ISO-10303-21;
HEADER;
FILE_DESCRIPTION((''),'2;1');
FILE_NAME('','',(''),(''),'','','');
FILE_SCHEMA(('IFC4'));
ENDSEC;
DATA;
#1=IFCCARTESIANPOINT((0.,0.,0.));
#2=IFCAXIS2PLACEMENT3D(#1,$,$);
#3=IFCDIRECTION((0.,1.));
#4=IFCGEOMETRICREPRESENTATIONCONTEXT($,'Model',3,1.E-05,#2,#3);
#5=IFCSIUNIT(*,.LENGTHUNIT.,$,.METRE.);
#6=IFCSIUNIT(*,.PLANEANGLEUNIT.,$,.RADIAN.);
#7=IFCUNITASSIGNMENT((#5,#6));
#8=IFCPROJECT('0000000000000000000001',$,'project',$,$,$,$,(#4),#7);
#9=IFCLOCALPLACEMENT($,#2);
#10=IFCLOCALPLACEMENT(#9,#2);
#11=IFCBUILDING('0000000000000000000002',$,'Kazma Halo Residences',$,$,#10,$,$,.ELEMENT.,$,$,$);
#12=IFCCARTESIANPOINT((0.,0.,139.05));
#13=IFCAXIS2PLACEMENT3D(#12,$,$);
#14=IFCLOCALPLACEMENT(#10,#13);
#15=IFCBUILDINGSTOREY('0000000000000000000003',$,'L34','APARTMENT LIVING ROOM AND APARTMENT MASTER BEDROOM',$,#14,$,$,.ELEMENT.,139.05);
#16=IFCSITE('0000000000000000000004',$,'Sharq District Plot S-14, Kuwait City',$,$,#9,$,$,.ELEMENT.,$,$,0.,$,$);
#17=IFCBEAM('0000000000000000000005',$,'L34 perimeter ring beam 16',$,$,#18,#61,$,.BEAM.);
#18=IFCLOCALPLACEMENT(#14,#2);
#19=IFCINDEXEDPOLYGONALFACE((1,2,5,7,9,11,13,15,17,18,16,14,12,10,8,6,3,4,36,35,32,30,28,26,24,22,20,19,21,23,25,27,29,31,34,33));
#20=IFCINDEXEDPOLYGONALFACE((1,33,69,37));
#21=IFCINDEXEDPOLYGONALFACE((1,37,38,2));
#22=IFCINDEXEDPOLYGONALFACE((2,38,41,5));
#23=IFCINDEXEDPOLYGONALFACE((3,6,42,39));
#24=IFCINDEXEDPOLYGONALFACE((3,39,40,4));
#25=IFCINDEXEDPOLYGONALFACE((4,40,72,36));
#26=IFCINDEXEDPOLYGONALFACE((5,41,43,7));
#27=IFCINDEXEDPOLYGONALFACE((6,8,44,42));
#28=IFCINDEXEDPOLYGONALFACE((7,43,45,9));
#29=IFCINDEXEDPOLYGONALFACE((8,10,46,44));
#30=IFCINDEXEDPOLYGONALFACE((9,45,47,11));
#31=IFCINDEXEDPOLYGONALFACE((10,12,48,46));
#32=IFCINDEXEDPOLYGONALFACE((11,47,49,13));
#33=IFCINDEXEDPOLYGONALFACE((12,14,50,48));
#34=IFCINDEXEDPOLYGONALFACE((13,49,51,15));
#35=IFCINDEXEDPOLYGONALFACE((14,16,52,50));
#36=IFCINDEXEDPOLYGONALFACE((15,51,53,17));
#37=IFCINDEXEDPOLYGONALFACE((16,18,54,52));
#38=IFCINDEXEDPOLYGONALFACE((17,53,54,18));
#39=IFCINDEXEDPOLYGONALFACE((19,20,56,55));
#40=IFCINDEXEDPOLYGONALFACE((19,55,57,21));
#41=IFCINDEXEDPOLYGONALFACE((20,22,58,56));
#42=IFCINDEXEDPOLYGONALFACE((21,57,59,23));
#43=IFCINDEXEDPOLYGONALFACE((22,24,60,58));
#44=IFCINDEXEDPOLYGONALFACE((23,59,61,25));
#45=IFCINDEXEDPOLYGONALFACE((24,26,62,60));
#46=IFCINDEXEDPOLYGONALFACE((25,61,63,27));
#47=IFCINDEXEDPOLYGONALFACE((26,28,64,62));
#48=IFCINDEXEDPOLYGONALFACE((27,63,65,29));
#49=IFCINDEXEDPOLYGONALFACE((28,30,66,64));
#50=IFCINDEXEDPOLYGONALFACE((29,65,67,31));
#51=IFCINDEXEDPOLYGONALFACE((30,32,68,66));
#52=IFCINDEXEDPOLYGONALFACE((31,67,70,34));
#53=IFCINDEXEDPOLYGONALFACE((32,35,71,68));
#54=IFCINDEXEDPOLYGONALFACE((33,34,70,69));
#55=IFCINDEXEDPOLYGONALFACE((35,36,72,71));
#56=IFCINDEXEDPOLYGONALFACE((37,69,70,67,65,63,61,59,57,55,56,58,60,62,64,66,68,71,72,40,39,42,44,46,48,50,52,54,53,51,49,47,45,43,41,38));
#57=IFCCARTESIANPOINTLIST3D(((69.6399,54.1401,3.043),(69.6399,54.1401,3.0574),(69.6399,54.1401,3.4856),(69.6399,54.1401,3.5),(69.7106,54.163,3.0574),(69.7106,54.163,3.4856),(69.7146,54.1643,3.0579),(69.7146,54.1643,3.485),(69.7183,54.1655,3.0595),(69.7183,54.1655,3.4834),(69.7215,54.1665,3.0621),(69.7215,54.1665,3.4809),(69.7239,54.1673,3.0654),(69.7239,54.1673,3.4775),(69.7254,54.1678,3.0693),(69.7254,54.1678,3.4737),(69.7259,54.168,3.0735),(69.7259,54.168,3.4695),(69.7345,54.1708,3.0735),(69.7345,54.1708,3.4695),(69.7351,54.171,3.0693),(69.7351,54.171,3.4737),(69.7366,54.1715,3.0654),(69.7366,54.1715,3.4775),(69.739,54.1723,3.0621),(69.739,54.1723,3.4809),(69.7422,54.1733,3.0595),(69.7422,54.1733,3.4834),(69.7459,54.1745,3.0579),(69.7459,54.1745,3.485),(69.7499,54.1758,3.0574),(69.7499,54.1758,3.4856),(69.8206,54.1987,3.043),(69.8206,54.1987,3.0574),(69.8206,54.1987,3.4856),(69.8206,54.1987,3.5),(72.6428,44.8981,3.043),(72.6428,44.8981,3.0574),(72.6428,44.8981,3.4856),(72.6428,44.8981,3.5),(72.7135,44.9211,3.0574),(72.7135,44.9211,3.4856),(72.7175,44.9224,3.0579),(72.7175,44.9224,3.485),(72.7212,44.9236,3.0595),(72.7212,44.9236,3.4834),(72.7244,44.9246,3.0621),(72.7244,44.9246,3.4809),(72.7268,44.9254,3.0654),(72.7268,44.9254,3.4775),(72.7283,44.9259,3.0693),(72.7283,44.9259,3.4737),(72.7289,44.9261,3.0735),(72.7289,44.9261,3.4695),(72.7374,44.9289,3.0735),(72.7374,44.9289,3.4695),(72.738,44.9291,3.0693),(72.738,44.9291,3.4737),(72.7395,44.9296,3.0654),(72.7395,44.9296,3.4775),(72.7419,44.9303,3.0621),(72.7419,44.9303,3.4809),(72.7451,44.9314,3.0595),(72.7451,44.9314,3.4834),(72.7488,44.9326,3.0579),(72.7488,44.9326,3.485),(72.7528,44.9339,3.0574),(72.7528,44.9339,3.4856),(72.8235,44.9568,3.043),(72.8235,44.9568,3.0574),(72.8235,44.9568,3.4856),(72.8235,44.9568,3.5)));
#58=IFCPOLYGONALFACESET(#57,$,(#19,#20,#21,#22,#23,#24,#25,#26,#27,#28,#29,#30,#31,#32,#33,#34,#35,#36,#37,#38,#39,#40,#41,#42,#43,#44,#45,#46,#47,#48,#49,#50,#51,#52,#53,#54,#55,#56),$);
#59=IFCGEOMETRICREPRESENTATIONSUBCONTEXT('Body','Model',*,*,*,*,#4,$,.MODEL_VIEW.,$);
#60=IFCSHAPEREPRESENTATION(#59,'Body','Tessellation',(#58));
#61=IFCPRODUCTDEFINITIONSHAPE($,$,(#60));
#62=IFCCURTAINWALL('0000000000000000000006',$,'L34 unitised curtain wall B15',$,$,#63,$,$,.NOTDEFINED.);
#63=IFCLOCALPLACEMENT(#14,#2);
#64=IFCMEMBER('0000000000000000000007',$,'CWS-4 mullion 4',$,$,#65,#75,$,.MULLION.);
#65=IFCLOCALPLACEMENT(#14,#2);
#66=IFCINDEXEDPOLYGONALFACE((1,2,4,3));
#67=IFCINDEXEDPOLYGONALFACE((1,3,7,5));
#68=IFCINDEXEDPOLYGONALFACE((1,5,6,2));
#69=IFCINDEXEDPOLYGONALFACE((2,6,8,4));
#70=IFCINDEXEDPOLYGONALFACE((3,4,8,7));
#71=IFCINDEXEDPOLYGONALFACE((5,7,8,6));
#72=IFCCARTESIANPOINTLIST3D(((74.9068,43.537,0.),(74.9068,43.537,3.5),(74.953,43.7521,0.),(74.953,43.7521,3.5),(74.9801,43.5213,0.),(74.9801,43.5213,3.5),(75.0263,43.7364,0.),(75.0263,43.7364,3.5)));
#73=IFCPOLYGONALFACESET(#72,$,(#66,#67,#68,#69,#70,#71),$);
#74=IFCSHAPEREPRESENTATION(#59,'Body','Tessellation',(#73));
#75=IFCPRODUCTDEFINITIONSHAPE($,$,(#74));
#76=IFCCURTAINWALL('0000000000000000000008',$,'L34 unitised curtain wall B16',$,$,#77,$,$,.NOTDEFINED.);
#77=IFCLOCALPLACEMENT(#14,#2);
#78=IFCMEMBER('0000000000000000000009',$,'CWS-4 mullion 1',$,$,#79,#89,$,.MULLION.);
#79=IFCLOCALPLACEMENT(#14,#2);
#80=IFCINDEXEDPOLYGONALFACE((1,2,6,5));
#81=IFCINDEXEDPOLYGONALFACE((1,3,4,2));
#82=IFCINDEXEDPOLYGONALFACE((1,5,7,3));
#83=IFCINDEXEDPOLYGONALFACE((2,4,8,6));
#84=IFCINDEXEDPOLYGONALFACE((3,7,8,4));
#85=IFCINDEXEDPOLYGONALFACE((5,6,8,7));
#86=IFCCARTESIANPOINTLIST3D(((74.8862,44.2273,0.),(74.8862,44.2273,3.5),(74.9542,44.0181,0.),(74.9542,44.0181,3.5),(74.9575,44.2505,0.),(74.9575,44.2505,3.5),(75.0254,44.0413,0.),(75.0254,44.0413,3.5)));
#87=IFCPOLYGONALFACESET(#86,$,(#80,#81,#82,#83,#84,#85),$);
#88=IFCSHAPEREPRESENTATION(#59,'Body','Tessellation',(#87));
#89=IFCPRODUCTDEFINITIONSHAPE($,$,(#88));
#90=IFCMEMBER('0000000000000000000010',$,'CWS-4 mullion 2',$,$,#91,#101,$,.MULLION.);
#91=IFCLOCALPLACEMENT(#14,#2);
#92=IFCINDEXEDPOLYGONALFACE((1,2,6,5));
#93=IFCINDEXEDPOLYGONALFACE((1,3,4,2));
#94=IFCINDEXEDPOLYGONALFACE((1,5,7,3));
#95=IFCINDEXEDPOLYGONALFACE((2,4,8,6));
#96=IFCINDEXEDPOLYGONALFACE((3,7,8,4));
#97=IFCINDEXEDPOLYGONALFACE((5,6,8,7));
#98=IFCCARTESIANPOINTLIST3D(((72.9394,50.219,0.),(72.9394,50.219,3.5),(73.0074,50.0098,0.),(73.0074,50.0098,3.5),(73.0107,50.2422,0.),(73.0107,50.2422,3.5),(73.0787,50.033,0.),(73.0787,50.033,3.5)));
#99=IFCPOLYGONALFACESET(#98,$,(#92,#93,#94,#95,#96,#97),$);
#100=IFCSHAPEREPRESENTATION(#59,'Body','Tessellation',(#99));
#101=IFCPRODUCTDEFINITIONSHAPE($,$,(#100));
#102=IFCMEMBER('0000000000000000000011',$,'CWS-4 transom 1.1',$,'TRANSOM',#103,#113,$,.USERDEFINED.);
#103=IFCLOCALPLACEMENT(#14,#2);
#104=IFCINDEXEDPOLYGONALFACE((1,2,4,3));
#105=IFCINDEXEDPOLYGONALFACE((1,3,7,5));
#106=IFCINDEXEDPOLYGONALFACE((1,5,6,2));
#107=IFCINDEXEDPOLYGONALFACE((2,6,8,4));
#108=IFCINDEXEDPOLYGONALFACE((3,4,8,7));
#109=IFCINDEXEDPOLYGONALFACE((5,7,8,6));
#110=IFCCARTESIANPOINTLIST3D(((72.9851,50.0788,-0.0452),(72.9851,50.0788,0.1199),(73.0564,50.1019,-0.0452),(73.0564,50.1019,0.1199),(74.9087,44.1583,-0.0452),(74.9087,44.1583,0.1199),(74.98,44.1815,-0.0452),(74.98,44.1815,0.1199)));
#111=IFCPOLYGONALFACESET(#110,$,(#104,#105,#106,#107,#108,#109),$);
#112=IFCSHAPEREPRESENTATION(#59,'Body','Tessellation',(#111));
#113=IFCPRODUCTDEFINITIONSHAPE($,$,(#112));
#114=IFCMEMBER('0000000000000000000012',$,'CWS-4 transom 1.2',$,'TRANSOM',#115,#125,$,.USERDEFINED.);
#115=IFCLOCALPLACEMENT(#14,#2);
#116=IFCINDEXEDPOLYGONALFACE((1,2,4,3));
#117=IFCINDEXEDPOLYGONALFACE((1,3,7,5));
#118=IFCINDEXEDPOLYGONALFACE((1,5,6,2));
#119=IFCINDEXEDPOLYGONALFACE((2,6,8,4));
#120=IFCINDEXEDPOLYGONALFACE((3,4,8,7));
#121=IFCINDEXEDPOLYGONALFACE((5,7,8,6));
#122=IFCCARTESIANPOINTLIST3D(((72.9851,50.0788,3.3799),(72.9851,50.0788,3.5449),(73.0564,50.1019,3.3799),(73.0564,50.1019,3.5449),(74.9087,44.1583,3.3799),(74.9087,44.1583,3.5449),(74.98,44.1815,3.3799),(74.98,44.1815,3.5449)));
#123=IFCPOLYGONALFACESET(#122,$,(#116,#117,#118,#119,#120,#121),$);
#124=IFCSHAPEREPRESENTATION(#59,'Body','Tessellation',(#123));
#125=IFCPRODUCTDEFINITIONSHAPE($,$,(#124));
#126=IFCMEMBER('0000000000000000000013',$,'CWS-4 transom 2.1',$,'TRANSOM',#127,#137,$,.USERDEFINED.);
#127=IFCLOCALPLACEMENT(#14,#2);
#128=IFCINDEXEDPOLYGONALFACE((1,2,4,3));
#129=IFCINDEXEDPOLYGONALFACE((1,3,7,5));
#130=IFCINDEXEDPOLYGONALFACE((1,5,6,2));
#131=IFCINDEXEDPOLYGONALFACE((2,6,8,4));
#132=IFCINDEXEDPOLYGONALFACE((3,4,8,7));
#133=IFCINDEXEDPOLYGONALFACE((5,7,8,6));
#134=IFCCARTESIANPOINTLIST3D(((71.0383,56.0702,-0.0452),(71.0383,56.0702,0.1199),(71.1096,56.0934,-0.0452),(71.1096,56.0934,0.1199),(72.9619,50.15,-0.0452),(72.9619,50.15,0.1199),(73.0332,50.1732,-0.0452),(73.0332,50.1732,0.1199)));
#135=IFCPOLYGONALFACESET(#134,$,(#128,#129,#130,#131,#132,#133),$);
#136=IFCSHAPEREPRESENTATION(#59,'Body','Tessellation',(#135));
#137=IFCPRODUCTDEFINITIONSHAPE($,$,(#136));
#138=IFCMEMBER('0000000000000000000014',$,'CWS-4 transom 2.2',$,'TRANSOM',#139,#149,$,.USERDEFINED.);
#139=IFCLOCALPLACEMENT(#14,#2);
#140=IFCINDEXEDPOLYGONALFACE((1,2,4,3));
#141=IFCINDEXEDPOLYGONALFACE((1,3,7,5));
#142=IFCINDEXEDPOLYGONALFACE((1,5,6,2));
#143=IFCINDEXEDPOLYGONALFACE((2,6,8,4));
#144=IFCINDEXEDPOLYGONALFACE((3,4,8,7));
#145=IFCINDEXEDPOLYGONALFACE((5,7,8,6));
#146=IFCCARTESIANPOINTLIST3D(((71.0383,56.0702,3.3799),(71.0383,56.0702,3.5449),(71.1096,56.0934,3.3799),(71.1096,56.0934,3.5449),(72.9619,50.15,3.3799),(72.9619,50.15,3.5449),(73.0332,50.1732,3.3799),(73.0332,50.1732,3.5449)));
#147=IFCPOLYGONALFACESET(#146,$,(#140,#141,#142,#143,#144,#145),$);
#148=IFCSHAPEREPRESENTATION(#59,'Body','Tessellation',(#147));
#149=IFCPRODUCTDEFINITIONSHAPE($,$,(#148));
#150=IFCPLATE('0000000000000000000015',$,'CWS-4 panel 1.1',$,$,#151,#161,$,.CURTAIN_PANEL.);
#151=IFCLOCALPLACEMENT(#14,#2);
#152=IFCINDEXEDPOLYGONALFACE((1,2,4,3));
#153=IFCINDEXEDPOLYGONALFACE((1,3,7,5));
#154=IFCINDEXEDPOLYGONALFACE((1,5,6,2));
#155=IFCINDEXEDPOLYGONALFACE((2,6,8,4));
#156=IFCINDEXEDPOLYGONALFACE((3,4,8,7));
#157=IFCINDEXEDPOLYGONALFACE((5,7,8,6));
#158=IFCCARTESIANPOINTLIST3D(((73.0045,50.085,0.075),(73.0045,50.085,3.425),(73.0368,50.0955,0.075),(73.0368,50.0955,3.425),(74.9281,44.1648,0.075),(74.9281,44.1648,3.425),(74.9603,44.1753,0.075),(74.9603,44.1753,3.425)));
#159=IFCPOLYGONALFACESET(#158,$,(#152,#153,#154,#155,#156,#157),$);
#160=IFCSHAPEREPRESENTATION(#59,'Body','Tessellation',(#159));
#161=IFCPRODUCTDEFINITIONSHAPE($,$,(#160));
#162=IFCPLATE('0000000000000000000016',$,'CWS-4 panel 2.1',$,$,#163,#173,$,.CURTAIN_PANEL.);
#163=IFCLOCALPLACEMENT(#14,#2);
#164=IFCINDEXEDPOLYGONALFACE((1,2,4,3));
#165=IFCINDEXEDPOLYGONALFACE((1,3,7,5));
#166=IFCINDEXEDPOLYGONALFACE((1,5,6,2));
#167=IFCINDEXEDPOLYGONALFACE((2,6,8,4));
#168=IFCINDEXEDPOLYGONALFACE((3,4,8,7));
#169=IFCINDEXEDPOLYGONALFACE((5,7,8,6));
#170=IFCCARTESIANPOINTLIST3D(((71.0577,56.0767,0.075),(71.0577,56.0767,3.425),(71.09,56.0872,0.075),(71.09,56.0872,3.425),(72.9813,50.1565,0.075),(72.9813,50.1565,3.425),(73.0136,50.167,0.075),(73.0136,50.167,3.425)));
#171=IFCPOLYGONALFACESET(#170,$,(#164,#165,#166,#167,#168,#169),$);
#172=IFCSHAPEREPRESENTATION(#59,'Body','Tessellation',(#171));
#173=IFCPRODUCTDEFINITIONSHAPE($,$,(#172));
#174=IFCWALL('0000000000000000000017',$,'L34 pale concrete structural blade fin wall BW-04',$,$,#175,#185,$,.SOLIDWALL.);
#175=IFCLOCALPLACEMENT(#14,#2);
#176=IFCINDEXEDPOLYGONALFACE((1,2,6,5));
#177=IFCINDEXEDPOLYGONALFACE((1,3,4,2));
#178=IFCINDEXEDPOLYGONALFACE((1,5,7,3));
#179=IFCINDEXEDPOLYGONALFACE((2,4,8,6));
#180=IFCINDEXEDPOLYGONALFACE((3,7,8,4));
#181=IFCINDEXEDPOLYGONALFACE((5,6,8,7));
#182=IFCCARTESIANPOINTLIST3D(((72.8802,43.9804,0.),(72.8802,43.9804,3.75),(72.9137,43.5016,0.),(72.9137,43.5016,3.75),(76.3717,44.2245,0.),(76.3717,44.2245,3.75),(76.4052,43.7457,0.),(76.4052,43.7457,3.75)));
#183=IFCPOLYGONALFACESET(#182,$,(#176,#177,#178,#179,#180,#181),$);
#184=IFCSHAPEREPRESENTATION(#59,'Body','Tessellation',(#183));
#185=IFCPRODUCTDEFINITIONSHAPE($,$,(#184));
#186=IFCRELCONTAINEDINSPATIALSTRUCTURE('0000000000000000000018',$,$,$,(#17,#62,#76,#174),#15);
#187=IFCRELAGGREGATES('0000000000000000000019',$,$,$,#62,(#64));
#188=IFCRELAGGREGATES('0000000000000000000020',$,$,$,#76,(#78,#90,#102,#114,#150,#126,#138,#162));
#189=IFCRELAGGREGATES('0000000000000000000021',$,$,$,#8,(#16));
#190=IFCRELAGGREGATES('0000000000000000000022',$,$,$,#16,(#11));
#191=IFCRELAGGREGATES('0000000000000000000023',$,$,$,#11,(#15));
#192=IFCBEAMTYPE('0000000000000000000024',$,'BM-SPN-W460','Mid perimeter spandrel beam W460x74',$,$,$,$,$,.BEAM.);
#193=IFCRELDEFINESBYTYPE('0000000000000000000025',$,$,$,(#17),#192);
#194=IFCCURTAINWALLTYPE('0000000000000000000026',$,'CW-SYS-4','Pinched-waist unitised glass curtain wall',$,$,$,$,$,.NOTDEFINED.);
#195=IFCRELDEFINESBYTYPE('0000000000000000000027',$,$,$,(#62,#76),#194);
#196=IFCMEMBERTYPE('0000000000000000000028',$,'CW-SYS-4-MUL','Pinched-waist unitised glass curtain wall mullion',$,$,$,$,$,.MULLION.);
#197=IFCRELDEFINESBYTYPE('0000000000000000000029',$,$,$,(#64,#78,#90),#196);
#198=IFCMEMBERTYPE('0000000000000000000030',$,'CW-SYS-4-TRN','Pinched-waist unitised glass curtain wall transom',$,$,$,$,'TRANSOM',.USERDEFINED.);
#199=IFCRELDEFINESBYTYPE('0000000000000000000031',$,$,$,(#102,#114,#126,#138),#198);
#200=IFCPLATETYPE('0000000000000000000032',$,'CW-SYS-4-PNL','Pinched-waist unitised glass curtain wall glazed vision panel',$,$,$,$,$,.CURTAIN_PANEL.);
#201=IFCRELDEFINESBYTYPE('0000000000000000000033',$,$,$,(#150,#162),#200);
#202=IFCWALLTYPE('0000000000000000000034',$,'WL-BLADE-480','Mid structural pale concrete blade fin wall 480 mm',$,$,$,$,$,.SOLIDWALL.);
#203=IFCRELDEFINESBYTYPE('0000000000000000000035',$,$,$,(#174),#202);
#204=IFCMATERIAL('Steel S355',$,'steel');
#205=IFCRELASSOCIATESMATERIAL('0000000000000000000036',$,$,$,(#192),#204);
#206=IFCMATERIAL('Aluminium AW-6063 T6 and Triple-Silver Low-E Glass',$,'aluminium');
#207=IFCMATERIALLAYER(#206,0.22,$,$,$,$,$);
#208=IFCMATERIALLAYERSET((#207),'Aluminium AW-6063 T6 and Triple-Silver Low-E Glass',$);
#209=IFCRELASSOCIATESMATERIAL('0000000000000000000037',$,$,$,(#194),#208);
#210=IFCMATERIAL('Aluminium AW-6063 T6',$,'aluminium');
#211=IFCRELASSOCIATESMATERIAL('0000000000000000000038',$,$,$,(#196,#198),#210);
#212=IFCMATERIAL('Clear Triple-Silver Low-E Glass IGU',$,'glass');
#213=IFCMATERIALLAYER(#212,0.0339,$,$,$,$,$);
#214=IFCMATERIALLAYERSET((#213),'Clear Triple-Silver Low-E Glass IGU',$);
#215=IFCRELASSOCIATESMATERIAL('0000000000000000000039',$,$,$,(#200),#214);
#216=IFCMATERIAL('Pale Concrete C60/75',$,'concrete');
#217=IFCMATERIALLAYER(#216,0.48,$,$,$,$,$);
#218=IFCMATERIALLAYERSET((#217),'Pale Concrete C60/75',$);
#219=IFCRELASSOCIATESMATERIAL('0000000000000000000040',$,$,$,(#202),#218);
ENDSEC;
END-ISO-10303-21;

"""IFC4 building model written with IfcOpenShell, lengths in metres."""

from ifc_helpers import new_model, si_unit, direction, frame, frame_2d, origin, origin_2d, place, context, subcontext, project, spatial, rectangle, i_section, extrude, material, layer, layer_set, material_profile, profile_set, type_object, element, aggregate, save


model = new_model("IFC4")

# Units and contexts
model_context = context("Model", 3, precision=1e-05, world=origin(), true_north=direction((0.0, 1.0)))
body_context = subcontext(model_context, "Body", "Model", "MODEL_VIEW")
ifc_project = project(units=[si_unit("LENGTHUNIT", "METRE"), si_unit("PLANEANGLEUNIT", "RADIAN")], contexts=[model_context])

# Site, building, storey
site_placement = place(None, origin())
site = spatial("IfcSite", under=ifc_project, at=site_placement, Name="Sharq District Plot S-14, Kuwait City", CompositionType="ELEMENT", RefElevation=0.0)
building_placement = place(site_placement, origin())
building = spatial("IfcBuilding", under=site, at=building_placement, Name="Kazma Halo Residences", CompositionType="ELEMENT")
storey_placement = place(building_placement, frame((0.0, 0.0, 139.05)))
storey = spatial("IfcBuildingStorey", under=building, at=storey_placement, Name="L34", Description="APARTMENT LIVING ROOM AND APARTMENT MASTER BEDROOM", CompositionType="ELEMENT", Elevation=139.05)

# Beam
ifc_material_1 = material(Name="Steel S355", Category="steel")
ifc_material_profile_1 = material_profile(ifc_material_1, i_section(OverallWidth=0.1899, OverallDepth=0.457, WebThickness=0.009, FlangeThickness=0.0144, FilletRadius=0.0161, at=origin_2d()), Name="W460x74")
ifc_profile_set_1 = profile_set([ifc_material_profile_1], Name="Steel S355")
beam_type_1 = type_object("IfcBeamType", Name="BM-SPN-W460", Description="Mid perimeter spandrel beam W460x74", PredefinedType="BEAM", material=ifc_profile_set_1)
beam_1_placement = place(storey_placement, frame((72.7332, 44.9275, 3.2715), z_axis=(-0.309021, 0.951055, 0.0), x_axis=(-0.951055, -0.309021, 0.0)))
element("IfcBeam", 1, at=beam_1_placement, inside=storey, type_object=beam_type_1, Name="L34 perimeter ring beam 16", PredefinedType="BEAM", context=body_context, shape_type="SweptSolid", body=[
    extrude(i_section(OverallWidth=0.1899, OverallDepth=0.457, WebThickness=0.009, FlangeThickness=0.0144, FilletRadius=0.0161, at=origin_2d()), origin(), (0.0, 0.0, 1.0), 9.7175),
])

# Curtain wall, member
ifc_material_2 = material(Name="Aluminium AW-6063 T6 and Triple-Silver Low-E Glass", Category="aluminium")
ifc_layer_1 = layer(ifc_material_2, 0.22)
ifc_layer_set_1 = layer_set([ifc_layer_1], Name="Aluminium AW-6063 T6 and Triple-Silver Low-E Glass")
curtain_wall_type = type_object("IfcCurtainWallType", Name="CW-SYS-4", Description="Pinched-waist unitised glass curtain wall", PredefinedType="NOTDEFINED", material=ifc_layer_set_1)
curtain_wall_1_placement = place(storey_placement, origin())
curtain_wall_1 = element("IfcCurtainWall", 2, at=curtain_wall_1_placement, inside=storey, type_object=curtain_wall_type, Name="L34 unitised curtain wall B15", PredefinedType="NOTDEFINED")
ifc_material_3 = material(Name="Aluminium AW-6063 T6", Category="aluminium")
ifc_material_profile_2 = material_profile(ifc_material_3, rectangle(XDim=0.075, YDim=0.22, at=origin_2d()), Name="CWM-75x220")
ifc_profile_set_2 = profile_set([ifc_material_profile_2], Name="Aluminium AW-6063 T6")
member_type_1 = type_object("IfcMemberType", Name="CW-SYS-4-MUL", Description="Pinched-waist unitised glass curtain wall mullion", PredefinedType="MULLION", material=ifc_profile_set_2)
member_1_placement = place(storey_placement, frame((74.9666, 43.6367, 0.0), z_axis=(0.0, 0.0, 1.0), x_axis=(-0.977765, 0.209704, 0.0)))
member_1 = element("IfcMember", 3, at=member_1_placement, type_object=member_type_1, Name="CWS-4 mullion 4", PredefinedType="MULLION", context=body_context, shape_type="SweptSolid", body=[
    extrude(rectangle(XDim=0.075, YDim=0.22, at=origin_2d()), origin(), (0.0, 0.0, 1.0), 3.5),
])
aggregate(curtain_wall_1, [member_1])

# Curtain wall, members, plates
curtain_wall_2_placement = place(storey_placement, origin())
curtain_wall_2 = element("IfcCurtainWall", 4, at=curtain_wall_2_placement, inside=storey, type_object=curtain_wall_type, Name="L34 unitised curtain wall B16", PredefinedType="NOTDEFINED")
member_2_placement = place(storey_placement, frame((74.9558, 44.1343, 0.0), z_axis=(0.0, 0.0, 1.0), x_axis=(-0.951058, -0.309014, 0.0)))
member_2 = element("IfcMember", 5, at=member_2_placement, type_object=member_type_1, Name="CWS-4 mullion 1", PredefinedType="MULLION", context=body_context, shape_type="SweptSolid", body=[
    extrude(rectangle(XDim=0.075, YDim=0.22, at=origin_2d()), origin(), (0.0, 0.0, 1.0), 3.5),
])
member_3_placement = place(storey_placement, frame((73.009, 50.126, 0.0), z_axis=(0.0, 0.0, 1.0), x_axis=(-0.951058, -0.309014, 0.0)))
member_3 = element("IfcMember", 6, at=member_3_placement, type_object=member_type_1, Name="CWS-4 mullion 2", PredefinedType="MULLION", context=body_context, shape_type="SweptSolid", body=[
    extrude(rectangle(XDim=0.075, YDim=0.22, at=origin_2d()), origin(), (0.0, 0.0, 1.0), 3.5),
])
ifc_material_profile_3 = material_profile(ifc_material_3, rectangle(XDim=0.075, YDim=0.165, at=origin_2d()), Name="CWT-75x165")
ifc_profile_set_3 = profile_set([ifc_material_profile_3], Name="Aluminium AW-6063 T6")
member_type_2 = type_object("IfcMemberType", Name="CW-SYS-4-TRN", Description="Pinched-waist unitised glass curtain wall transom", ElementType="TRANSOM", PredefinedType="USERDEFINED", material=ifc_profile_set_3)
member_4_placement = place(storey_placement, frame((74.9443, 44.1699, 0.0374), z_axis=(-0.309006, 0.95106, 0.0), x_axis=(-0.95106, -0.309006, 0.0)))
member_4 = element("IfcMember", 7, at=member_4_placement, type_object=member_type_2, Name="CWS-4 transom 1.1", ObjectType="TRANSOM", PredefinedType="USERDEFINED", context=body_context, shape_type="SweptSolid", body=[
    extrude(rectangle(XDim=0.075, YDim=0.165, at=origin_2d()), origin(), (0.0, 0.0, 1.0), 6.2251),
])
member_5_placement = place(storey_placement, frame((74.9443, 44.1699, 3.4624), z_axis=(-0.309006, 0.95106, 0.0), x_axis=(-0.95106, -0.309006, 0.0)))
member_5 = element("IfcMember", 8, at=member_5_placement, type_object=member_type_2, Name="CWS-4 transom 1.2", ObjectType="TRANSOM", PredefinedType="USERDEFINED", context=body_context, shape_type="SweptSolid", body=[
    extrude(rectangle(XDim=0.075, YDim=0.165, at=origin_2d()), origin(), (0.0, 0.0, 1.0), 6.2251),
])
member_6_placement = place(storey_placement, frame((72.9976, 50.1616, 0.0374), z_axis=(-0.309018, 0.951056, 0.0), x_axis=(-0.951056, -0.309018, 0.0)))
member_6 = element("IfcMember", 9, at=member_6_placement, type_object=member_type_2, Name="CWS-4 transom 2.1", ObjectType="TRANSOM", PredefinedType="USERDEFINED", context=body_context, shape_type="SweptSolid", body=[
    extrude(rectangle(XDim=0.075, YDim=0.165, at=origin_2d()), origin(), (0.0, 0.0, 1.0), 6.2249),
])
member_7_placement = place(storey_placement, frame((72.9976, 50.1616, 3.4624), z_axis=(-0.309018, 0.951056, 0.0), x_axis=(-0.951056, -0.309018, 0.0)))
member_7 = element("IfcMember", 10, at=member_7_placement, type_object=member_type_2, Name="CWS-4 transom 2.2", ObjectType="TRANSOM", PredefinedType="USERDEFINED", context=body_context, shape_type="SweptSolid", body=[
    extrude(rectangle(XDim=0.075, YDim=0.165, at=origin_2d()), origin(), (0.0, 0.0, 1.0), 6.2249),
])
ifc_material_4 = material(Name="Clear Triple-Silver Low-E Glass IGU", Category="glass")
ifc_layer_2 = layer(ifc_material_4, 0.0339)
ifc_layer_set_2 = layer_set([ifc_layer_2], Name="Clear Triple-Silver Low-E Glass IGU")
plate_type = type_object("IfcPlateType", Name="CW-SYS-4-PNL", Description="Pinched-waist unitised glass curtain wall glazed vision panel", PredefinedType="CURTAIN_PANEL", material=ifc_layer_set_2)
plate_1_placement = place(storey_placement, frame((73.9824, 47.1301, 0.075), z_axis=(0.0, 0.0, 1.0), x_axis=(-0.309014, 0.951058, 0.0)))
plate_1 = element("IfcPlate", 11, at=plate_1_placement, type_object=plate_type, Name="CWS-4 panel 1.1", PredefinedType="CURTAIN_PANEL", context=body_context, shape_type="SweptSolid", body=[
    extrude(rectangle(XDim=6.2249, YDim=0.0339, at=origin_2d()), origin(), (0.0, 0.0, 1.0), 3.3501),
])
plate_2_placement = place(storey_placement, frame((72.0356, 53.1218, 0.075), z_axis=(0.0, 0.0, 1.0), x_axis=(-0.309014, 0.951058, 0.0)))
plate_2 = element("IfcPlate", 12, at=plate_2_placement, type_object=plate_type, Name="CWS-4 panel 2.1", PredefinedType="CURTAIN_PANEL", context=body_context, shape_type="SweptSolid", body=[
    extrude(rectangle(XDim=6.2249, YDim=0.0339, at=origin_2d()), origin(), (0.0, 0.0, 1.0), 3.3501),
])
aggregate(curtain_wall_2, [member_2, member_3, member_4, member_5, plate_1, member_6, member_7, plate_2])

# Wall
ifc_material_5 = material(Name="Pale Concrete C60/75", Category="concrete")
ifc_layer_3 = layer(ifc_material_5, 0.48)
ifc_layer_set_3 = layer_set([ifc_layer_3], Name="Pale Concrete C60/75")
wall_type_1 = type_object("IfcWallType", Name="WL-BLADE-480", Description="Mid structural pale concrete blade fin wall 480 mm", PredefinedType="SOLIDWALL", material=ifc_layer_set_3)
wall_1_placement = place(storey_placement, frame((72.897, 43.741, 0.0), z_axis=(0.0, 0.0, 1.0), x_axis=(0.997564, 0.069755, 0.0)))
element("IfcWall", 13, at=wall_1_placement, inside=storey, type_object=wall_type_1, Name="L34 pale concrete structural blade fin wall BW-04", PredefinedType="SOLIDWALL", context=body_context, shape_type="SweptSolid", body=[
    extrude(rectangle(XDim=3.5, YDim=0.48, at=frame_2d((1.75, 0.0))), origin(), (0.0, 0.0, 1.0), 3.75),
])

save(model, "model.ifc")
